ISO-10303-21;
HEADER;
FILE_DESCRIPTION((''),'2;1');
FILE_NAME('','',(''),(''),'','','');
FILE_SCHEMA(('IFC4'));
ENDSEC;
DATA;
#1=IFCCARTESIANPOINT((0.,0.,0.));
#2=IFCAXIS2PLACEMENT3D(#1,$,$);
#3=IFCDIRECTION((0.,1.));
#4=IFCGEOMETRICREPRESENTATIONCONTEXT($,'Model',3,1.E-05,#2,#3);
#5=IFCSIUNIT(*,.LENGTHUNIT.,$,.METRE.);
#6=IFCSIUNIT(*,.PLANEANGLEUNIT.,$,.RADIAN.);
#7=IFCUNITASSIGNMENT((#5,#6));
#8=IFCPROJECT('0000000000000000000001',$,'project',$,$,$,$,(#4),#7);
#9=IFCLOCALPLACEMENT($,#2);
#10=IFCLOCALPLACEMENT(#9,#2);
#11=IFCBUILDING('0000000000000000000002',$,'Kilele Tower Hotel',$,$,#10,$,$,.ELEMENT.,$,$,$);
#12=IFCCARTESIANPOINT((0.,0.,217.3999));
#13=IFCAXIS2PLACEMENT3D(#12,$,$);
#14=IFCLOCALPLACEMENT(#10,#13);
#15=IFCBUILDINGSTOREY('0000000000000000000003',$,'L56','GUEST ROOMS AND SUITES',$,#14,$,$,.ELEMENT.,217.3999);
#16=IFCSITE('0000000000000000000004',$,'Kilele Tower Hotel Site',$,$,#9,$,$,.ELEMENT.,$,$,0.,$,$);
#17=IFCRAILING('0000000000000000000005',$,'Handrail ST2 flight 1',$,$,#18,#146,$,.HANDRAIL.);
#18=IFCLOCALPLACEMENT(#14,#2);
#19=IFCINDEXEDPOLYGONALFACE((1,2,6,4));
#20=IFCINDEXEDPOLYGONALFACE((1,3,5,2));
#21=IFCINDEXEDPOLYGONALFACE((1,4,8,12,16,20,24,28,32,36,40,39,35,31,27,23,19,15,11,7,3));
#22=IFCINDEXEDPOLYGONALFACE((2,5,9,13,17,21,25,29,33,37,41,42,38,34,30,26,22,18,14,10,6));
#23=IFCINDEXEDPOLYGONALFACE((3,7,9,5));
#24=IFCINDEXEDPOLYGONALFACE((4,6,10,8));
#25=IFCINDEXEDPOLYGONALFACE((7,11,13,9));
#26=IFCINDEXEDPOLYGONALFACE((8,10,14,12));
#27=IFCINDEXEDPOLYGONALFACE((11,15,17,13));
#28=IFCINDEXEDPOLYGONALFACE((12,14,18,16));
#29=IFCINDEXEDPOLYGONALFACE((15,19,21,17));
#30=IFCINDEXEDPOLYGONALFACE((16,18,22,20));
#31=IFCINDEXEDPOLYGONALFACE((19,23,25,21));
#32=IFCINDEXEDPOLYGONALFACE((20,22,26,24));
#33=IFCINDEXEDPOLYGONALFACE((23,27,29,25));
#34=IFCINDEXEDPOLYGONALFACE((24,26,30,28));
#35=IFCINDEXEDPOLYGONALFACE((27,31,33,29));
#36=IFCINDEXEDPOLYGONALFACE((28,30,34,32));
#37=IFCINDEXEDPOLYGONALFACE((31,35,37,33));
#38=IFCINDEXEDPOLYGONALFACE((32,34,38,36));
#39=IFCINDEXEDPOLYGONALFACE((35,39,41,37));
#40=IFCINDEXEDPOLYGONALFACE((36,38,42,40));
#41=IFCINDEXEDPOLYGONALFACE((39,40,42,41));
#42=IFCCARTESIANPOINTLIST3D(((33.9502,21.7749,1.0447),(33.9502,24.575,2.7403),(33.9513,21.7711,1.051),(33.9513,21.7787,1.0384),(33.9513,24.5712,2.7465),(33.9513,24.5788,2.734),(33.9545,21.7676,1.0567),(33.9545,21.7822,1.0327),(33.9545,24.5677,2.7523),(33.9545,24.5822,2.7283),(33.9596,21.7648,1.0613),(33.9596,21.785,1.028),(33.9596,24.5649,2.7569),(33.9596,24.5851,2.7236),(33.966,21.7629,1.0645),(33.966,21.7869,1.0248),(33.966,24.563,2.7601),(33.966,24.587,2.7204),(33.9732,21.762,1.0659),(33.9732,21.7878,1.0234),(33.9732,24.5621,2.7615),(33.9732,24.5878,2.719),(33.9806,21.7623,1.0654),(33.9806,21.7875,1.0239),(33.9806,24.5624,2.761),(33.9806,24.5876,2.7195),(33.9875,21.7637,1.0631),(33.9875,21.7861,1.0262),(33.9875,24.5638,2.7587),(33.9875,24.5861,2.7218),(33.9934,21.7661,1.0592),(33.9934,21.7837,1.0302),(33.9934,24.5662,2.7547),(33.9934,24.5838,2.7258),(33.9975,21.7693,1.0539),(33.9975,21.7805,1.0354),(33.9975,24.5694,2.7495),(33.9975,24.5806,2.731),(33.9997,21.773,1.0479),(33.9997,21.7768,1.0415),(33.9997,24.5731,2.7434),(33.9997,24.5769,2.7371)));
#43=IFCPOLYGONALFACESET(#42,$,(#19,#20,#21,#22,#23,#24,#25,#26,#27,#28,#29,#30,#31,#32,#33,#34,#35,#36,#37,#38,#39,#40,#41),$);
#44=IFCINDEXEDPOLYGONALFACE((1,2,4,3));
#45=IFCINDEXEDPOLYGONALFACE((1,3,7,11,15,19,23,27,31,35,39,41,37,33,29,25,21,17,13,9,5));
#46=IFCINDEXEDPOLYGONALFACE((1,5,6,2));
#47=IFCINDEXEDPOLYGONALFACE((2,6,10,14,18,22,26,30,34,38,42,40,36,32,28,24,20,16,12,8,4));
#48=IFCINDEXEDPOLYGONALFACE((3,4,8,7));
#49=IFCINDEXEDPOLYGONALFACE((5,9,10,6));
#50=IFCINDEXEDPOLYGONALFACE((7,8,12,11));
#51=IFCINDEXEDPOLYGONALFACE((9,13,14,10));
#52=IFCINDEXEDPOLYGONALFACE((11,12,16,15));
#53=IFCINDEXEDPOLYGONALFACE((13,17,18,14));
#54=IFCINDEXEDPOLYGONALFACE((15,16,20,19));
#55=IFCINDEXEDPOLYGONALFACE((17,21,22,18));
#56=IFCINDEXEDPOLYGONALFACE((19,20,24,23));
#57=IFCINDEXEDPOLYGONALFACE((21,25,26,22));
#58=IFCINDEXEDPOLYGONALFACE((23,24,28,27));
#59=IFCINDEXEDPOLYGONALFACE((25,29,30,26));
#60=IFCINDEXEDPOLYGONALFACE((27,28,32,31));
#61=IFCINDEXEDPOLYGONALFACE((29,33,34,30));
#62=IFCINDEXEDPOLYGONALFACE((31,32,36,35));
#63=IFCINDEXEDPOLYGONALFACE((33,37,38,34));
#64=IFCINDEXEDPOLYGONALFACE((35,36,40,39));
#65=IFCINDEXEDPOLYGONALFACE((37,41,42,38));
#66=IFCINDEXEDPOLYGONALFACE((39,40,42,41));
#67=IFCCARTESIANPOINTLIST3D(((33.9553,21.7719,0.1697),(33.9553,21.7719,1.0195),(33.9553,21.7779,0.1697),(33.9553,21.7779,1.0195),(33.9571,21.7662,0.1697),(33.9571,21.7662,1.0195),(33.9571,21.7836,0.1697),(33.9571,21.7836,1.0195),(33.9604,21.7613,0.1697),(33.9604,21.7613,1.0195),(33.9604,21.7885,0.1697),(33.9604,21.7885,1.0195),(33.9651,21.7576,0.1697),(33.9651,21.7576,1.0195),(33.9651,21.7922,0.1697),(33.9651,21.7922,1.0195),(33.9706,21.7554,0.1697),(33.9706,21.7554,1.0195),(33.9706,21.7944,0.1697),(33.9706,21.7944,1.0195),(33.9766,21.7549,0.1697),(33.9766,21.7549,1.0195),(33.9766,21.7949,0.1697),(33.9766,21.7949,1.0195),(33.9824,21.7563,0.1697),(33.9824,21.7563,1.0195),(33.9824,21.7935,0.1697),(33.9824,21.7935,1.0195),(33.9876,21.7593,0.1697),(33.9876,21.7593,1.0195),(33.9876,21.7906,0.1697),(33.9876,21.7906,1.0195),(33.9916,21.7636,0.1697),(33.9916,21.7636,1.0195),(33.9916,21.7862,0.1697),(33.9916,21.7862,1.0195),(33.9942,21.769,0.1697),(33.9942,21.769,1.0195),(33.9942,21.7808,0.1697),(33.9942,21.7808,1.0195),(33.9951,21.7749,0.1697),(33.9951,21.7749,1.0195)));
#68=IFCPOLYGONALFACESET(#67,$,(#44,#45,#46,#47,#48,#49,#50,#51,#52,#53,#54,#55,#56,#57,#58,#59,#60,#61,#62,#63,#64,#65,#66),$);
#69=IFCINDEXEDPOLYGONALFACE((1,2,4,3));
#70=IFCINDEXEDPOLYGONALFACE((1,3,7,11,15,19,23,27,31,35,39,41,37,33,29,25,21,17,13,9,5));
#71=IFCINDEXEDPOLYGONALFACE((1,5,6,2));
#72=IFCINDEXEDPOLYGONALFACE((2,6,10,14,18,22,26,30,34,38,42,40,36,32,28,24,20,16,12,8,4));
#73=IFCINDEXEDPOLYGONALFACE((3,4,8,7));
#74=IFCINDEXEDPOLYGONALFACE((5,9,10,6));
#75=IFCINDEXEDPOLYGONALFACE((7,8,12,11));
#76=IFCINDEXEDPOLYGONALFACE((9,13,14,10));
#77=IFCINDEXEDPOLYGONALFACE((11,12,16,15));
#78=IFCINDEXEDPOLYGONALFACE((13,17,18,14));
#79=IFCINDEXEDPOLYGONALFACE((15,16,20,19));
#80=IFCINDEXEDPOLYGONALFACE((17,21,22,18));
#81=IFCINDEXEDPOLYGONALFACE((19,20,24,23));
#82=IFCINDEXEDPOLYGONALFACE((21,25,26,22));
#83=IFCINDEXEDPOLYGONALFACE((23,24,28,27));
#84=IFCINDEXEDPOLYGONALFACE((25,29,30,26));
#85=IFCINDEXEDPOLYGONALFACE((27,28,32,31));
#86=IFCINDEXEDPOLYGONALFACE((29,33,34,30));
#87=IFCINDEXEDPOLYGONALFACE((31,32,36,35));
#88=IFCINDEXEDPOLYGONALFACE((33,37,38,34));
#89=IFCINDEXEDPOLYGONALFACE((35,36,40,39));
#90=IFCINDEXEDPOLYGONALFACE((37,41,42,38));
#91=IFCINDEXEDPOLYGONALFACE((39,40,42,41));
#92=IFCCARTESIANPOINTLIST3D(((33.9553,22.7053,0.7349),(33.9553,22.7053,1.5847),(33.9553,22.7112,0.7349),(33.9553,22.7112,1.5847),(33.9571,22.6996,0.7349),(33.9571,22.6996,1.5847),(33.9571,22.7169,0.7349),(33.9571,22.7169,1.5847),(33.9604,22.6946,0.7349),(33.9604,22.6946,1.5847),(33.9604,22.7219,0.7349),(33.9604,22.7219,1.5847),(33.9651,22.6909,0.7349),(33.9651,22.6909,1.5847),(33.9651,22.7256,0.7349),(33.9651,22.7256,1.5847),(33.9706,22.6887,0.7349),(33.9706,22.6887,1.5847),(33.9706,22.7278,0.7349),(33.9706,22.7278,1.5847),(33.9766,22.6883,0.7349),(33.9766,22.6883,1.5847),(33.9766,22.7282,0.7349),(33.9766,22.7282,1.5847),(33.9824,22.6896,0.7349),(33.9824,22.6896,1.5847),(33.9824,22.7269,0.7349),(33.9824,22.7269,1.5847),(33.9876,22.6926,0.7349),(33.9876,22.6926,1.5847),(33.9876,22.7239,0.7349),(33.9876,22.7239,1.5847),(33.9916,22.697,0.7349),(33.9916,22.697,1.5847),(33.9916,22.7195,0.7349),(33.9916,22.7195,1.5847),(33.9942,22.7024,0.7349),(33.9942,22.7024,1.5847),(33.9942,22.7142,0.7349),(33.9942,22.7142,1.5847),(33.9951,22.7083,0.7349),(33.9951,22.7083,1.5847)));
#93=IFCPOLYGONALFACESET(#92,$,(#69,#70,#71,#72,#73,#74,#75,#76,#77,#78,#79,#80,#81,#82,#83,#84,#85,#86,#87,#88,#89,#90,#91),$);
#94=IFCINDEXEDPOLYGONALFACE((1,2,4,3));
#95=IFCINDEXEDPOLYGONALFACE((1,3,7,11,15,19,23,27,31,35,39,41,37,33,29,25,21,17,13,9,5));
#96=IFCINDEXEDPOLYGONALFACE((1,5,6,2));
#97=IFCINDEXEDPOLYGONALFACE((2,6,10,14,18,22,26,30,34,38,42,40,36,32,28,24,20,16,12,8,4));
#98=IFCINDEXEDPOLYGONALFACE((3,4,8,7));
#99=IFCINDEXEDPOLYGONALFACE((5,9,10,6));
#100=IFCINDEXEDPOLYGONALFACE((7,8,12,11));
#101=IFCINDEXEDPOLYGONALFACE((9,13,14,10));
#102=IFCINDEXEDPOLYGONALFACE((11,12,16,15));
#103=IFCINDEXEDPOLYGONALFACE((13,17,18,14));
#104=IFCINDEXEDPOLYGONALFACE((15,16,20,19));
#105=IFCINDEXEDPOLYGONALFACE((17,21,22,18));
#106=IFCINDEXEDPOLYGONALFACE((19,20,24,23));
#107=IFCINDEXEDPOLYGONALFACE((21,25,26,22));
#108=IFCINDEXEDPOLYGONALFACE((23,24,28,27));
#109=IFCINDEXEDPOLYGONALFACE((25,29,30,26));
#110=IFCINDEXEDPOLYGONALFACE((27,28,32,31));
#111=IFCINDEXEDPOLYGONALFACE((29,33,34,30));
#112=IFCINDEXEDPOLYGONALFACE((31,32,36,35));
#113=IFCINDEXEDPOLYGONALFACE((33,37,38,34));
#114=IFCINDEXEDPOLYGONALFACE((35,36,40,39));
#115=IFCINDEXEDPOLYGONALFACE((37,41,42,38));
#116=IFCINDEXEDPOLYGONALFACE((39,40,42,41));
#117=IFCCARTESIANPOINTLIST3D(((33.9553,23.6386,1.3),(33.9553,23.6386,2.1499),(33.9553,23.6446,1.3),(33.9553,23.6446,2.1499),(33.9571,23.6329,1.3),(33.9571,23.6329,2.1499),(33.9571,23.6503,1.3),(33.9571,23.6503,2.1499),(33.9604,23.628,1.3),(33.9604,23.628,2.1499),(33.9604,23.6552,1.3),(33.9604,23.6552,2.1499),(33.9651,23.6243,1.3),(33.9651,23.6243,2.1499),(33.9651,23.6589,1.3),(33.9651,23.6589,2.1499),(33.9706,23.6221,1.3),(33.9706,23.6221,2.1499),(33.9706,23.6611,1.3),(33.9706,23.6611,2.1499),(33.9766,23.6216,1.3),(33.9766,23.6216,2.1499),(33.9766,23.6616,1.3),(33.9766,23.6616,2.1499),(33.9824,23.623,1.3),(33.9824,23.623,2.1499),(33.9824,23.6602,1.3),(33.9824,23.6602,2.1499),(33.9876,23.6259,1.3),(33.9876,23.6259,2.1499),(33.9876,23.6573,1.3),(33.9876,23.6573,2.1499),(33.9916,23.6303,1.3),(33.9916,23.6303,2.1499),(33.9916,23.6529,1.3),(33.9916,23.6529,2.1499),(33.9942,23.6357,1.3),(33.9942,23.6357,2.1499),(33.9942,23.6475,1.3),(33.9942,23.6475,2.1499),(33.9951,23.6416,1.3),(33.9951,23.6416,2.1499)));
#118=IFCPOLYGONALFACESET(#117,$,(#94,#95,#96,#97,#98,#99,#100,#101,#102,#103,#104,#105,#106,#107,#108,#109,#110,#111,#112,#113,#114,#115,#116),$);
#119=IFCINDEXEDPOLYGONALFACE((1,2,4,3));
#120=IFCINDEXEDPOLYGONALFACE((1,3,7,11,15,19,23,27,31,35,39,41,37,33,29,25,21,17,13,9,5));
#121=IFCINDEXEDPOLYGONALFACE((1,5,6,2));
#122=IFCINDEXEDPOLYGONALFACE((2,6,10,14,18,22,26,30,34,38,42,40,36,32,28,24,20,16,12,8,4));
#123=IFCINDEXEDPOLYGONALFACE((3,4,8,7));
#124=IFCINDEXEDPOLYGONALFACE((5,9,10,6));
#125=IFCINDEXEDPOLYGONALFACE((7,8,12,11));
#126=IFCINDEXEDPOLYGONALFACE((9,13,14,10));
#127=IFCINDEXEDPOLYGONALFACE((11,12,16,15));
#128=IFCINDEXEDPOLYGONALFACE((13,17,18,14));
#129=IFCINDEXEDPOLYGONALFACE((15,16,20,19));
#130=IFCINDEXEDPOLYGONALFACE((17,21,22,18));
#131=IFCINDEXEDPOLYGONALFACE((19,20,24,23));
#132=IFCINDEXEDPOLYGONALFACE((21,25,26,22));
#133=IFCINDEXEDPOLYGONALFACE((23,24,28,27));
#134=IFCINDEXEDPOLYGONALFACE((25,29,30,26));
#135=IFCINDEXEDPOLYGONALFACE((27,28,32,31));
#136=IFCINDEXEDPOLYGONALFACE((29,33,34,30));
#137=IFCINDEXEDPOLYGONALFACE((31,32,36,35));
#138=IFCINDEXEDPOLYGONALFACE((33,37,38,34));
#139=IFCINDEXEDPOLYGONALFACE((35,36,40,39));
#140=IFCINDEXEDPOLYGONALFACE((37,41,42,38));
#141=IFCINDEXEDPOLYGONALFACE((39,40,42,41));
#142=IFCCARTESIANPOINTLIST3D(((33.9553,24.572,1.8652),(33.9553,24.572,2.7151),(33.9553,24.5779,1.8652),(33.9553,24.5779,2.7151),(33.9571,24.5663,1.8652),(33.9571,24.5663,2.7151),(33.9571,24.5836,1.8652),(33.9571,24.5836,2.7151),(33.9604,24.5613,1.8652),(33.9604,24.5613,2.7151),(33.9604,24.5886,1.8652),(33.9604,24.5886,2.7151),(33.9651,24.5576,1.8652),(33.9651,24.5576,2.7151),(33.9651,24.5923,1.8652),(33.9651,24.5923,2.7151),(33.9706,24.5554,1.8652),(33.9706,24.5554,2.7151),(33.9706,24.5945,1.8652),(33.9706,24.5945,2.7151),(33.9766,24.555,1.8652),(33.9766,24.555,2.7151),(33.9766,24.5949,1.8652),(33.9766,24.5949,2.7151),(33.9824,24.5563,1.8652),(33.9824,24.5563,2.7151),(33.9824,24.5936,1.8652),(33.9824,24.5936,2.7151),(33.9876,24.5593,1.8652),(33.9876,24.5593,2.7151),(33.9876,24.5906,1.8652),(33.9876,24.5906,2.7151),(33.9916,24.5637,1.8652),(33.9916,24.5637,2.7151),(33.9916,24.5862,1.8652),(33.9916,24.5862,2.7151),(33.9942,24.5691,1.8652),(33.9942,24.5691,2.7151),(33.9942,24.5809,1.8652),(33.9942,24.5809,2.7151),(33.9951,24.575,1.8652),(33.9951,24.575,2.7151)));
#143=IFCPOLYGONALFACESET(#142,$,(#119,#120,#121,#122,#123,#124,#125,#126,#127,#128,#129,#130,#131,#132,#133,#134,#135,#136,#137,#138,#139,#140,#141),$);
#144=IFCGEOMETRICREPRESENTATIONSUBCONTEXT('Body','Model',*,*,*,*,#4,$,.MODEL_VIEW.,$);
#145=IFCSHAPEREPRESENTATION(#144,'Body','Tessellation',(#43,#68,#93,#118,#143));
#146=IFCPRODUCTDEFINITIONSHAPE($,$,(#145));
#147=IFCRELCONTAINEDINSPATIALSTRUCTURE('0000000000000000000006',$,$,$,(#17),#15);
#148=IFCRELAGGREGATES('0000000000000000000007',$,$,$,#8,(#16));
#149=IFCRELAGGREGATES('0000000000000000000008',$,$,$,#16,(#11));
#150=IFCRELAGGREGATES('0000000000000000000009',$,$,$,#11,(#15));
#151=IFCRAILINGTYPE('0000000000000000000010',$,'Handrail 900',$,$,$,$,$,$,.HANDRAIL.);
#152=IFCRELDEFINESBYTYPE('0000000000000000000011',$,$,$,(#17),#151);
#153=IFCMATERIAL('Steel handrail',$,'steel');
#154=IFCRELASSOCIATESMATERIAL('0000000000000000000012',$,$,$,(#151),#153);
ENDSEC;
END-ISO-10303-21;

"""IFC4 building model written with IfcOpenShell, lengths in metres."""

from ifc_helpers import new_model, si_unit, direction, frame, origin, origin_2d, place, context, subcontext, project, spatial, circle, extrude, material, type_object, element, save


model = new_model("IFC4")

# Units and contexts
model_context = context("Model", 3, precision=1e-05, world=origin(), true_north=direction((0.0, 1.0)))
body_context = subcontext(model_context, "Body", "Model", "MODEL_VIEW")
ifc_project = project(units=[si_unit("LENGTHUNIT", "METRE"), si_unit("PLANEANGLEUNIT", "RADIAN")], contexts=[model_context])

# Site, building, storey
site_placement = place(None, origin())
site = spatial("IfcSite", under=ifc_project, at=site_placement, Name="Kilele Tower Hotel Site", CompositionType="ELEMENT", RefElevation=0.0)
building_placement = place(site_placement, origin())
building = spatial("IfcBuilding", under=site, at=building_placement, Name="Kilele Tower Hotel", CompositionType="ELEMENT")
storey_placement = place(building_placement, frame((0.0, 0.0, 217.3999)))
storey = spatial("IfcBuildingStorey", under=building, at=storey_placement, Name="L56", Description="GUEST ROOMS AND SUITES", CompositionType="ELEMENT", Elevation=217.3999)

# Railing
ifc_material_1 = material(Name="Steel handrail", Category="steel")
railing_type_1 = type_object("IfcRailingType", Name="Handrail 900", PredefinedType="HANDRAIL", material=ifc_material_1)
for number, where, name in (
    (1, (33.9751, 21.7749, 0.1697), "Handrail ST2 flight 1"),
):
    element("IfcRailing", number, at=place(storey_placement, frame(where)), inside=storey, type_object=railing_type_1, Name=name, PredefinedType="HANDRAIL", context=body_context, shape_type="SweptSolid", body=[
        extrude(circle(Radius=0.0249, at=origin_2d()), frame((0.0, 0.0, 0.875), z_axis=(0.0, 0.855393, 0.517979), x_axis=(-1.0, 0.0, 0.0)), (0.0, 0.0, 1.0), 3.2734),
        extrude(circle(Radius=0.02, at=origin_2d()), origin(), (0.0, 0.0, 1.0), 0.8499),
        extrude(circle(Radius=0.02, at=origin_2d()), frame((0.0, 0.9333, 0.5652)), (0.0, 0.0, 1.0), 0.8499),
        extrude(circle(Radius=0.02, at=origin_2d()), frame((0.0, 1.8667, 1.1304)), (0.0, 0.0, 1.0), 0.8499),
        extrude(circle(Radius=0.02, at=origin_2d()), frame((0.0, 2.8, 1.6956)), (0.0, 0.0, 1.0), 0.8499),
    ])

save(model, "model.ifc")
